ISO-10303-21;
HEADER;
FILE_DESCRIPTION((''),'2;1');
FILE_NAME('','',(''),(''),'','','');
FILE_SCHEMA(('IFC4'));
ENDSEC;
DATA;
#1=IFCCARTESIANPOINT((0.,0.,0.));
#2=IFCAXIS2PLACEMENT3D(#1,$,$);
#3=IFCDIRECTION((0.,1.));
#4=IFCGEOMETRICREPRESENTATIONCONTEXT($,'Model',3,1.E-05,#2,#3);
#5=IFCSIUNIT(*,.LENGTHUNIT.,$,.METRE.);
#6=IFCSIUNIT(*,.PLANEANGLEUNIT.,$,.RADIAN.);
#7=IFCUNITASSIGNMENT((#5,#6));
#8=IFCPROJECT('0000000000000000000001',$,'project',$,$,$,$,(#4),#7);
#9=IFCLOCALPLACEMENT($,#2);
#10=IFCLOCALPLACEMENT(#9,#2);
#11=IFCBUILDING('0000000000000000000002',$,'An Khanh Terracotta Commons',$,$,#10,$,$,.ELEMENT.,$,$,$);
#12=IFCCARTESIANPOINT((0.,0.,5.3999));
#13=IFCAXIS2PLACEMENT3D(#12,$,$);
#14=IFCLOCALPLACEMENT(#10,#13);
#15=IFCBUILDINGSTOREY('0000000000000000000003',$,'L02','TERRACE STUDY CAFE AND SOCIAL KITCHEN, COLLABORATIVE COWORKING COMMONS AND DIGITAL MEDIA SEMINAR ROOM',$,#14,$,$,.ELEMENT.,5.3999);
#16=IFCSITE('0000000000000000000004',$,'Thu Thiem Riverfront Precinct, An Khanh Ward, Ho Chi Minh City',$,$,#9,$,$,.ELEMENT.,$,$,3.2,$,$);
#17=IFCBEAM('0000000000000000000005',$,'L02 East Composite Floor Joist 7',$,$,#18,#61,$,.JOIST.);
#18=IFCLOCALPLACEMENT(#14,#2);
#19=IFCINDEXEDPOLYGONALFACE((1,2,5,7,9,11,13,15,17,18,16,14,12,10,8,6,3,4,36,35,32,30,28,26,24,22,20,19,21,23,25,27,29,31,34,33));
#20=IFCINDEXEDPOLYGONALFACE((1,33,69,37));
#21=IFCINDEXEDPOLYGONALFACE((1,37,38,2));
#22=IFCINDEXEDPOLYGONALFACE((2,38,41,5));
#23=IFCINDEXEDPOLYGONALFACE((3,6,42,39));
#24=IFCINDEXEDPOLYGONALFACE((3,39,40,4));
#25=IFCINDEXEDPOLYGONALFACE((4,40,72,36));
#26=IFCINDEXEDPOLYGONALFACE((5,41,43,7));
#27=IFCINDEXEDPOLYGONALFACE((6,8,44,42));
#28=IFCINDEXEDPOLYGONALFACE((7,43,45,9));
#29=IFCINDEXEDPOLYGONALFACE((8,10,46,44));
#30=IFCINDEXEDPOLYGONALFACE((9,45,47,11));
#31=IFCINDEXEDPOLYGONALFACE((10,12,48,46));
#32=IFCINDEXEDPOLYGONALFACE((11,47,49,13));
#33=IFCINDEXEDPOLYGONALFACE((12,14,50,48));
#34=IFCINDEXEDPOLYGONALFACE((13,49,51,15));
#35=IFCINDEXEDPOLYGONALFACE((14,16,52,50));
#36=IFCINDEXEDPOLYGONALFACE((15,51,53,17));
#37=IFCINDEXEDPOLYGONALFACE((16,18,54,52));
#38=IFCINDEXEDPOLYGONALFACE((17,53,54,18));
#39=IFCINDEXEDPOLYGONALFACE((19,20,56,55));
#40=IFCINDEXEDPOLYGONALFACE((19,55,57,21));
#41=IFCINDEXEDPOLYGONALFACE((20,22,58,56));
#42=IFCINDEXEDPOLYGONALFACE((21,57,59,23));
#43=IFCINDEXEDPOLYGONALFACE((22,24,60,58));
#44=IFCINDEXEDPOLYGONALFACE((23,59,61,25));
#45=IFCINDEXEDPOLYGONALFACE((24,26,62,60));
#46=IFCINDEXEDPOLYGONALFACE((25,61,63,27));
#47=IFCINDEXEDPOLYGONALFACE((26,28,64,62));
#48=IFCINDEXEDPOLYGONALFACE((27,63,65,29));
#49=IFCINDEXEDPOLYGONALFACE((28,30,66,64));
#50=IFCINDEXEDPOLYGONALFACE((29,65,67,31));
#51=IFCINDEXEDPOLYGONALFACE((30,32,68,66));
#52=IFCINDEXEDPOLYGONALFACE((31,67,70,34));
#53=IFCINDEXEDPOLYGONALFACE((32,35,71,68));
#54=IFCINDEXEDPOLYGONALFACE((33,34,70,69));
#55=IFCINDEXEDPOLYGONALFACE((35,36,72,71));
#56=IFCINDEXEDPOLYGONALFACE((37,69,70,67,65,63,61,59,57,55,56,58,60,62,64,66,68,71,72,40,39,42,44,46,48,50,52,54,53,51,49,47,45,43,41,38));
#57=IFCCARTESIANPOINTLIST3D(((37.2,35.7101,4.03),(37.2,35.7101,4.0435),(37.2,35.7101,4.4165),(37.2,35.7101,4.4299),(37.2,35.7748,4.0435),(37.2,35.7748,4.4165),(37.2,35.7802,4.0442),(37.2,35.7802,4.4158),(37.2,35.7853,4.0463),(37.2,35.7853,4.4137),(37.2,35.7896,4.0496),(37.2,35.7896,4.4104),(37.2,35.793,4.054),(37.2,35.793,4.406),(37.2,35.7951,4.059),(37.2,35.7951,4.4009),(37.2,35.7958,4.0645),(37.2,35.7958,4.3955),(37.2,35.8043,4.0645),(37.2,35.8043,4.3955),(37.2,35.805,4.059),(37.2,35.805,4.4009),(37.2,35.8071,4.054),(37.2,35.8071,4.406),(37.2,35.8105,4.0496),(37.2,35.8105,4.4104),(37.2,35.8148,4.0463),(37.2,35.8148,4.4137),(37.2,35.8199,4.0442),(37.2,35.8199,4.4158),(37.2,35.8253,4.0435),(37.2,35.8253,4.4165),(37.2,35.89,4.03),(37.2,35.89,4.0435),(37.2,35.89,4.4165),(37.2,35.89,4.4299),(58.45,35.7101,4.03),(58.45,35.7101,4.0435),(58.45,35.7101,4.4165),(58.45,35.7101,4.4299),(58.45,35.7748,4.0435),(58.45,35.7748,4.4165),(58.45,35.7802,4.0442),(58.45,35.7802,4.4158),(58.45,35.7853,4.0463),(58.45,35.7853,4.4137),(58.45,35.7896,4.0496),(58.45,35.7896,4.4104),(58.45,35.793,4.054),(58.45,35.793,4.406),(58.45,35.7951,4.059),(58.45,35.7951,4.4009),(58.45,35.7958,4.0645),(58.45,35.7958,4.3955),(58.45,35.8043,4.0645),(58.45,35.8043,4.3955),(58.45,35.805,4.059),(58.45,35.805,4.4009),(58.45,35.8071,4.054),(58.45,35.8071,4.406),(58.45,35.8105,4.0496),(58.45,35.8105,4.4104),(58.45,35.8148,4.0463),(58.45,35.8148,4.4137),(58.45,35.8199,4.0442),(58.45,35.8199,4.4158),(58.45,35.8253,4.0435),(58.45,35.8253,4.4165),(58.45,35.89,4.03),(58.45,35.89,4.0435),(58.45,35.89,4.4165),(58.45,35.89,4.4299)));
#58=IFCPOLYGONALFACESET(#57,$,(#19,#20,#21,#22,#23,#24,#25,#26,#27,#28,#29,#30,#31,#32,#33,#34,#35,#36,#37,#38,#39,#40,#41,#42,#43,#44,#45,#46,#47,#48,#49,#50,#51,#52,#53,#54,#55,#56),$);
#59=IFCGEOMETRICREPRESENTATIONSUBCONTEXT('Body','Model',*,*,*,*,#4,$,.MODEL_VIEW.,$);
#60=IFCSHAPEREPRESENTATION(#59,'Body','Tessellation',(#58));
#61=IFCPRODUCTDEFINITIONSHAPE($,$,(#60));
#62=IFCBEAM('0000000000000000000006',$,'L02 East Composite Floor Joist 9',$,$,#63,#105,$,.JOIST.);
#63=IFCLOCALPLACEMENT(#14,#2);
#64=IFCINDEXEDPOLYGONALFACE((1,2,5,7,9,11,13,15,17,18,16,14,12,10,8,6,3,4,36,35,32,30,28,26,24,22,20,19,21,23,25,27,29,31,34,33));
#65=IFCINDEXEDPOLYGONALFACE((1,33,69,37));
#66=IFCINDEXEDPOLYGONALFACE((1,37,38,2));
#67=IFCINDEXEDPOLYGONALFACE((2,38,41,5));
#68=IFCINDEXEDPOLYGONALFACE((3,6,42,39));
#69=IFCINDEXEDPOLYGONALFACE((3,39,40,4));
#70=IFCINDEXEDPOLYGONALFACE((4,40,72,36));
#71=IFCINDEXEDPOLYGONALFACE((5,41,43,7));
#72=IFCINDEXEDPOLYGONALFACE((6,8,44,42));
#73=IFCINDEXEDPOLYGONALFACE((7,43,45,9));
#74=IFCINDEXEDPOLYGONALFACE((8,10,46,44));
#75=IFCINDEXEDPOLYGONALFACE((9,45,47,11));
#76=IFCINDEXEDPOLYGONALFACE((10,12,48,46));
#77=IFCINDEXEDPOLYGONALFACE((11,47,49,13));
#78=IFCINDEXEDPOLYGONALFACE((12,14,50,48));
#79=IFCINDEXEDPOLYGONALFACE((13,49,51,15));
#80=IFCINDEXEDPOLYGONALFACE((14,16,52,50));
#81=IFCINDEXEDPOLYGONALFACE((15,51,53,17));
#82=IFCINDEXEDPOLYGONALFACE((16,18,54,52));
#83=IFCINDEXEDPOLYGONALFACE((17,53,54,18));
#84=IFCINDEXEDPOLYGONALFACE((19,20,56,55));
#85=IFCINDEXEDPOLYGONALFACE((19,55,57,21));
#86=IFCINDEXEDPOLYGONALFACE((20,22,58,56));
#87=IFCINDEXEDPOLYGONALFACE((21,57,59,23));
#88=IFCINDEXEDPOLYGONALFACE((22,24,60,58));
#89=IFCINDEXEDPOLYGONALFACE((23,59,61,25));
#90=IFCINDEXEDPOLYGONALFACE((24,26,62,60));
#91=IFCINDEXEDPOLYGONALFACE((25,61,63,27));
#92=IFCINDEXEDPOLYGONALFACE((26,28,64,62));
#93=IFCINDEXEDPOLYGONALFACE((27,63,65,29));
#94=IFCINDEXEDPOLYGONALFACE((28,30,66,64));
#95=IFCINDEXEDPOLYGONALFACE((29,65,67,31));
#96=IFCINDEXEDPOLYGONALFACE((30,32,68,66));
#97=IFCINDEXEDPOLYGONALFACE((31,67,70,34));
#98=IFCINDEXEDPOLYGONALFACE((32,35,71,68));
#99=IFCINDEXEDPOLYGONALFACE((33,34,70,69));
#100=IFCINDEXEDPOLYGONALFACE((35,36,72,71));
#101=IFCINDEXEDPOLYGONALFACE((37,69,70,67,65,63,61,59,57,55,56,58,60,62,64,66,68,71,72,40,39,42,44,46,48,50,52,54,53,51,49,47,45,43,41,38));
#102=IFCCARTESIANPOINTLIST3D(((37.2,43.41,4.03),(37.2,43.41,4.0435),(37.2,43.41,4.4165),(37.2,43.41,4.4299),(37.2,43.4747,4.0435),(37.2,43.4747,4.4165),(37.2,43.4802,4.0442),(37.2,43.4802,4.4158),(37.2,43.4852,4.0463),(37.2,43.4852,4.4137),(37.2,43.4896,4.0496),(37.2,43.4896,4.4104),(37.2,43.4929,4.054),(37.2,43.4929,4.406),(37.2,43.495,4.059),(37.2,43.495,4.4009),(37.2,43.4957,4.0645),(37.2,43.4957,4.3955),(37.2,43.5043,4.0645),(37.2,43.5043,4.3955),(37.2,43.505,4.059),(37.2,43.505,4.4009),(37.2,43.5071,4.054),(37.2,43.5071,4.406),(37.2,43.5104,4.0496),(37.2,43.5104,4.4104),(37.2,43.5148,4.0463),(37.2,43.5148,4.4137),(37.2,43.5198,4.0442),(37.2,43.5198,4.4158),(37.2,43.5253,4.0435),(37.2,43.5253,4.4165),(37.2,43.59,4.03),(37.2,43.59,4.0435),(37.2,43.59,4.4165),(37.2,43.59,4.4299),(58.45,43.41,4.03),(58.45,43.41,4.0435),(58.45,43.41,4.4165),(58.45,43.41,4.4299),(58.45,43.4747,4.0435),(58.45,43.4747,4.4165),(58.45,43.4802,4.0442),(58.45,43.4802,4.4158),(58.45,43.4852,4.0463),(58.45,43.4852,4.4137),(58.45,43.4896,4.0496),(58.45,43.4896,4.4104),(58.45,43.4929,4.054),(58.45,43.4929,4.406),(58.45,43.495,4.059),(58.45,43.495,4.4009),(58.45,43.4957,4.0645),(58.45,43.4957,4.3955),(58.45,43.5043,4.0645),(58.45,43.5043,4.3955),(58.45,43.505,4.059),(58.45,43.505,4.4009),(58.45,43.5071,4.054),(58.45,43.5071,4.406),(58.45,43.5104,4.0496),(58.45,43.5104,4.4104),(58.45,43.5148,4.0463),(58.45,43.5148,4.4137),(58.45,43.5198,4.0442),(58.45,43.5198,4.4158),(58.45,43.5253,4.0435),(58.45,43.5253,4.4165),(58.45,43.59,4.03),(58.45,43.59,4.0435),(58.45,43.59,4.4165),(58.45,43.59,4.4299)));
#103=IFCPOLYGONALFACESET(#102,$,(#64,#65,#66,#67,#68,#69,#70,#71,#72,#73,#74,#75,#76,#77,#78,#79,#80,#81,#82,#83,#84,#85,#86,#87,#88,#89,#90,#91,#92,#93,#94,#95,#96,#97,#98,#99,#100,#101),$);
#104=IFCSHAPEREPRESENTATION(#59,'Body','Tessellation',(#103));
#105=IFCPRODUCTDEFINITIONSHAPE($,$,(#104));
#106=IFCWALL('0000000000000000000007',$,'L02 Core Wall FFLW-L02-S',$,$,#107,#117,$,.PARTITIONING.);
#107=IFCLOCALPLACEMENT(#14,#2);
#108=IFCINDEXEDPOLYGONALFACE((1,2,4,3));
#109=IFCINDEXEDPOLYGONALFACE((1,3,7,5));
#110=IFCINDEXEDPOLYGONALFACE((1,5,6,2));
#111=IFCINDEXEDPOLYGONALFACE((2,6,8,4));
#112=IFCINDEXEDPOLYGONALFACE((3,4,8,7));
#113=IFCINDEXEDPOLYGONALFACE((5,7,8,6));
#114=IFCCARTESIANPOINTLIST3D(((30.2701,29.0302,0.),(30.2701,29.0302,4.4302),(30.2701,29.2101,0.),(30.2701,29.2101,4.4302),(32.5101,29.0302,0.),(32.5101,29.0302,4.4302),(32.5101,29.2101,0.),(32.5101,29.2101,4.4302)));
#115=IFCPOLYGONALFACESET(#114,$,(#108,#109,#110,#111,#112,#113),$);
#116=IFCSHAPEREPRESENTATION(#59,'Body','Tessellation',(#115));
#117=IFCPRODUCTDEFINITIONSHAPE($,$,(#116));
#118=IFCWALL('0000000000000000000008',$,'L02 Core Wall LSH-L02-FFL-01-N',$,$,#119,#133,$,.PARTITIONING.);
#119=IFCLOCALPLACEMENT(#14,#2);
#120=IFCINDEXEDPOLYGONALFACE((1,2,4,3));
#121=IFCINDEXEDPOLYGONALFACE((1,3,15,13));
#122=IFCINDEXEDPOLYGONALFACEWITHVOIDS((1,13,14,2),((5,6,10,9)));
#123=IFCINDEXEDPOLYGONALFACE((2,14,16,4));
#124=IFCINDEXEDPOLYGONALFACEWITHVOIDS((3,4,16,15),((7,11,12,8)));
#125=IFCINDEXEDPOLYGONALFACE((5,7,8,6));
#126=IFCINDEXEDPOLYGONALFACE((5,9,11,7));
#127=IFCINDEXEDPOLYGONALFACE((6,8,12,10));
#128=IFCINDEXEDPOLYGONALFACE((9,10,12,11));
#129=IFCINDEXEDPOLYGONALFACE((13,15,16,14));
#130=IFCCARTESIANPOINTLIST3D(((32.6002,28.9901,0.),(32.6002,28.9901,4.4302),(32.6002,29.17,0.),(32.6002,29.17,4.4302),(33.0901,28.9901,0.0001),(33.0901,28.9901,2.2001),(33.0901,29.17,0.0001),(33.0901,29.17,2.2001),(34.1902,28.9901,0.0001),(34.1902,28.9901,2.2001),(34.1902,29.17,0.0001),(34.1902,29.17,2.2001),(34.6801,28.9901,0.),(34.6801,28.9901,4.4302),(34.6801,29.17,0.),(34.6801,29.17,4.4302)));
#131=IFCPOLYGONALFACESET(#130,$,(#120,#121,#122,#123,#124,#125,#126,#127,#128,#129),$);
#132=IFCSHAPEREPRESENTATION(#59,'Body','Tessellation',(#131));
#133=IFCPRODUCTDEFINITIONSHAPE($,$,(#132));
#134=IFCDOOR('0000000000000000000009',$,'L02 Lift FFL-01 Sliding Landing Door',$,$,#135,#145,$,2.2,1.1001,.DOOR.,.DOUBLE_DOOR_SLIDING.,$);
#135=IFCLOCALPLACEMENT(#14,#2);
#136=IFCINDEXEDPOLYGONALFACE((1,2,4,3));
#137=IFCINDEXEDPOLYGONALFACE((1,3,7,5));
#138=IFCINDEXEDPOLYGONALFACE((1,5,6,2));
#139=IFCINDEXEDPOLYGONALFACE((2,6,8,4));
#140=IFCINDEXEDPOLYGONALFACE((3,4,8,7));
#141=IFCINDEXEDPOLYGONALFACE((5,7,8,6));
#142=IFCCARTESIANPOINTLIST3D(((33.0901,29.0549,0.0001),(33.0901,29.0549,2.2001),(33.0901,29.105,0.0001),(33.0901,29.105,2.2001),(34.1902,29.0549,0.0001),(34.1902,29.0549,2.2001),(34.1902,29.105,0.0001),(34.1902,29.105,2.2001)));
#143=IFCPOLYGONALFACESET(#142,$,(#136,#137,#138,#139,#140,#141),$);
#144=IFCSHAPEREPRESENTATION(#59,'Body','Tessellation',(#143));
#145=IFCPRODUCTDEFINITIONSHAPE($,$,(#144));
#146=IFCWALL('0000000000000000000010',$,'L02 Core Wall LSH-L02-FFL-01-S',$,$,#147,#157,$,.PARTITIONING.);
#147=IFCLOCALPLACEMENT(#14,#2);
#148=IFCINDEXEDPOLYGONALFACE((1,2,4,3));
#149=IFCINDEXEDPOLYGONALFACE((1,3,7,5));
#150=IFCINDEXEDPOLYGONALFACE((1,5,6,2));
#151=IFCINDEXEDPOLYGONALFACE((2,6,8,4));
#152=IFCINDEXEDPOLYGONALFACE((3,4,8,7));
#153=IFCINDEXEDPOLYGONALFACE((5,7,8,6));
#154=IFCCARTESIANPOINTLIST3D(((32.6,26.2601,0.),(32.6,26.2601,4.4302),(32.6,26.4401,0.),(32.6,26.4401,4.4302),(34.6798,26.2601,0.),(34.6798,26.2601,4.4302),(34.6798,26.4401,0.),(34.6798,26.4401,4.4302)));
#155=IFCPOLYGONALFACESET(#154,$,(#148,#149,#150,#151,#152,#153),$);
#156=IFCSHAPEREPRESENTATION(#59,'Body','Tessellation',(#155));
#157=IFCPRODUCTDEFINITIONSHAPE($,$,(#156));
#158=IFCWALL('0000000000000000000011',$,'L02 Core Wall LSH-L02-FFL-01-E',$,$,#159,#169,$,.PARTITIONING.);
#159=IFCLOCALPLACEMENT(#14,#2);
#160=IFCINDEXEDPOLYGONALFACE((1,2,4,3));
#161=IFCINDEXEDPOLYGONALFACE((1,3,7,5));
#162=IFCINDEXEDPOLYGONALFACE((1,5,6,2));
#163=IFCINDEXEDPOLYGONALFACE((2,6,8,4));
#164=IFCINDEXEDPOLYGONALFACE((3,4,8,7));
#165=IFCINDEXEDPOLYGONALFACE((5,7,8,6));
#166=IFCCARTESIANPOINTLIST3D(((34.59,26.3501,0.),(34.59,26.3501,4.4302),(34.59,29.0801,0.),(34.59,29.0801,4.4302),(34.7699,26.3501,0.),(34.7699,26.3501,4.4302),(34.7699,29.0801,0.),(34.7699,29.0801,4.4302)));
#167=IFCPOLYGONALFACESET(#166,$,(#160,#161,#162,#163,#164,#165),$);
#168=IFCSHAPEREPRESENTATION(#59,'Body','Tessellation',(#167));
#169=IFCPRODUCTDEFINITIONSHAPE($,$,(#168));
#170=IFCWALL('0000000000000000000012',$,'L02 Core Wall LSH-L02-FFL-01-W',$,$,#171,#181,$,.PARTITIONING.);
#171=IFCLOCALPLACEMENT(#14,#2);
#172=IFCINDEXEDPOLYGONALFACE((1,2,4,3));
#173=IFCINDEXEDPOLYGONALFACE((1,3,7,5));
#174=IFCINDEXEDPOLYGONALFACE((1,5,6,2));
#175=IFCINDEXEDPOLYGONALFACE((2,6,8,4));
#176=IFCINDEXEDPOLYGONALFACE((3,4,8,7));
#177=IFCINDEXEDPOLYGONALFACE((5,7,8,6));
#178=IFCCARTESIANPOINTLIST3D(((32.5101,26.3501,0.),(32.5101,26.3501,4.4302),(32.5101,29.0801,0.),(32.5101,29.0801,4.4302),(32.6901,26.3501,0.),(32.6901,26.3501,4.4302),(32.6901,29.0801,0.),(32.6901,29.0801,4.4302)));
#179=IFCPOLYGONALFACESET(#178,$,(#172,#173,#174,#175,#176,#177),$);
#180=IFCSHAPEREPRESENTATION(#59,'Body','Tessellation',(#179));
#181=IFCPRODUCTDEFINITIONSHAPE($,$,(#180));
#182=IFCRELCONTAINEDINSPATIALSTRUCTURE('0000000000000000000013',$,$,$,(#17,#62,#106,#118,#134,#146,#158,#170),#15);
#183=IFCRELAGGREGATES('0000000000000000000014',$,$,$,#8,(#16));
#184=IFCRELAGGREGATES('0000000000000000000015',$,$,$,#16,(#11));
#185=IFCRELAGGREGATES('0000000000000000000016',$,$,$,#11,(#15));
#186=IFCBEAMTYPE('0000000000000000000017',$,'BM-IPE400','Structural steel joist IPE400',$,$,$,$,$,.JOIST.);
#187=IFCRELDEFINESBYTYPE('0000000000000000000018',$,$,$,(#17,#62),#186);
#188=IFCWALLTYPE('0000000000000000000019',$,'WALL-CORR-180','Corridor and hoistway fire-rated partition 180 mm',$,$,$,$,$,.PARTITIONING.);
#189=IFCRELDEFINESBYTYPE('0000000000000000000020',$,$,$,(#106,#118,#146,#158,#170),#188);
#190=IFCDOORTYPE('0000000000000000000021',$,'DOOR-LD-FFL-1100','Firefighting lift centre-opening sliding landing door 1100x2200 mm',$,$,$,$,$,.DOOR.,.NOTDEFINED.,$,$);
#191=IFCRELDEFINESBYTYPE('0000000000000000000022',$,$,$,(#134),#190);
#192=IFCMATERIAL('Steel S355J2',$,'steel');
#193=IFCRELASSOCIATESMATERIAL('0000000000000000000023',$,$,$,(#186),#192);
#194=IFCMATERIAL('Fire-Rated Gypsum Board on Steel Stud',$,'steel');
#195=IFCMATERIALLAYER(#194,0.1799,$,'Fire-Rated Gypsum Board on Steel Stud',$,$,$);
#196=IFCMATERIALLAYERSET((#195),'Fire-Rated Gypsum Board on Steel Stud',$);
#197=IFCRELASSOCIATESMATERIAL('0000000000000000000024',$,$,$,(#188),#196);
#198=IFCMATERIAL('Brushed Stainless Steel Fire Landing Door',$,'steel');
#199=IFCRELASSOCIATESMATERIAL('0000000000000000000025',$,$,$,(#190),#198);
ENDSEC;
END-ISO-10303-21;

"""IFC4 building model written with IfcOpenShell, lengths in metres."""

from ifc_helpers import new_model, si_unit, direction, frame, frame_2d, origin, origin_2d, place, context, subcontext, project, spatial, rectangle, i_section, extrude, material, layer, layer_set, material_profile, profile_set, type_object, element, fill, save


model = new_model("IFC4")

# Units and contexts
model_context = context("Model", 3, precision=1e-05, world=origin(), true_north=direction((0.0, 1.0)))
body_context = subcontext(model_context, "Body", "Model", "MODEL_VIEW")
ifc_project = project(units=[si_unit("LENGTHUNIT", "METRE"), si_unit("PLANEANGLEUNIT", "RADIAN")], contexts=[model_context])

# Site, building, storey
site_placement = place(None, origin())
site = spatial("IfcSite", under=ifc_project, at=site_placement, Name="Thu Thiem Riverfront Precinct, An Khanh Ward, Ho Chi Minh City", CompositionType="ELEMENT", RefElevation=3.2)
building_placement = place(site_placement, origin())
building = spatial("IfcBuilding", under=site, at=building_placement, Name="An Khanh Terracotta Commons", CompositionType="ELEMENT")
storey_placement = place(building_placement, frame((0.0, 0.0, 5.3999)))
storey = spatial("IfcBuildingStorey", under=building, at=storey_placement, Name="L02", Description="TERRACE STUDY CAFE AND SOCIAL KITCHEN, COLLABORATIVE COWORKING COMMONS AND DIGITAL MEDIA SEMINAR ROOM", CompositionType="ELEMENT", Elevation=5.3999)

# Beams
ifc_material_1 = material(Name="Steel S355J2", Category="steel")
ifc_material_profile_1 = material_profile(ifc_material_1, i_section(OverallWidth=0.1799, OverallDepth=0.3999, WebThickness=0.0085, FlangeThickness=0.0134, FilletRadius=0.021, at=origin_2d()), Name="IPE400")
ifc_profile_set_1 = profile_set([ifc_material_profile_1], Name="Steel S355J2")
beam_type_1 = type_object("IfcBeamType", Name="BM-IPE400", Description="Structural steel joist IPE400", PredefinedType="JOIST", material=ifc_profile_set_1)
for number, where, z_axis, x_axis, name in (
    (1, (37.2, 35.8, 4.23), (1.0, 0.0, 0.0), (0.0, 1.0, 0.0), "L02 East Composite Floor Joist 7"),
    (2, (37.2, 43.5, 4.23), (1.0, 0.0, 0.0), (0.0, 1.0, 0.0), "L02 East Composite Floor Joist 9"),
):
    element("IfcBeam", number, at=place(storey_placement, frame(where, z_axis=z_axis, x_axis=x_axis)), inside=storey, type_object=beam_type_1, Name=name, PredefinedType="JOIST", context=body_context, shape_type="SweptSolid", body=[
        extrude(i_section(OverallWidth=0.1799, OverallDepth=0.3999, WebThickness=0.0085, FlangeThickness=0.0134, FilletRadius=0.021, at=origin_2d()), origin(), (0.0, 0.0, 1.0), 21.25),
    ])

# Wall
ifc_material_2 = material(Name="Fire-Rated Gypsum Board on Steel Stud", Category="steel")
ifc_layer_1 = layer(ifc_material_2, 0.1799, Name="Fire-Rated Gypsum Board on Steel Stud")
ifc_layer_set_1 = layer_set([ifc_layer_1], Name="Fire-Rated Gypsum Board on Steel Stud")
wall_type_1 = type_object("IfcWallType", Name="WALL-CORR-180", Description="Corridor and hoistway fire-rated partition 180 mm", PredefinedType="PARTITIONING", material=ifc_layer_set_1)
wall_1_placement = place(storey_placement, frame((30.27, 29.1201, 0.0), z_axis=(0.0, 0.0, 1.0), x_axis=(1.0, 0.0, 0.0)))
element("IfcWall", 3, at=wall_1_placement, inside=storey, type_object=wall_type_1, Name="L02 Core Wall FFLW-L02-S", PredefinedType="PARTITIONING", context=body_context, shape_type="SweptSolid", body=[
    extrude(rectangle(XDim=2.24, YDim=0.1799, at=frame_2d((1.1201, 0.0))), origin(), (0.0, 0.0, 1.0), 4.4302),
])

# Wall, opening, door
wall_2_placement = place(storey_placement, frame((32.6001, 29.0801, 0.0), z_axis=(0.0, 0.0, 1.0), x_axis=(1.0, 0.0, 0.0)))
wall_2 = element("IfcWall", 4, at=wall_2_placement, inside=storey, type_object=wall_type_1, Name="L02 Core Wall LSH-L02-FFL-01-N", PredefinedType="PARTITIONING", context=body_context, shape_type="SweptSolid", body=[
    extrude(rectangle(XDim=2.0798, YDim=0.1799, at=frame_2d((1.04, 0.0))), origin(), (0.0, 0.0, 1.0), 4.4302),
])
opening_1_placement = place(wall_2_placement, frame((0.49, 0.0, 0.0)))
opening_1 = element("IfcOpeningElement", 5, at=opening_1_placement, cuts=wall_2, PredefinedType="OPENING", context=body_context, shape_type="SweptSolid", body=[
    extrude(rectangle(XDim=1.1001, YDim=2.2, at=frame_2d((0.55, 1.1001))), frame((0.0, 0.0999, 0.0), z_axis=(0.0, -1.0, 0.0), x_axis=(1.0, 0.0, 0.0)), (0.0, 0.0, 1.0), 0.2),
])
ifc_material_3 = material(Name="Brushed Stainless Steel Fire Landing Door", Category="steel")
door_type_1 = type_object("IfcDoorType", Name="DOOR-LD-FFL-1100", Description="Firefighting lift centre-opening sliding landing door 1100x2200 mm", OperationType="NOTDEFINED", PredefinedType="DOOR", material=ifc_material_3)
door_1_placement = place(opening_1_placement, origin())
door_1 = element("IfcDoor", 6, at=door_1_placement, inside=storey, type_object=door_type_1, Name="L02 Lift FFL-01 Sliding Landing Door", OperationType="DOUBLE_DOOR_SLIDING", OverallHeight=2.2, OverallWidth=1.1001, PredefinedType="DOOR", context=body_context, shape_type="SweptSolid", body=[
    extrude(rectangle(XDim=1.1001, YDim=2.2, at=frame_2d((0.55, 1.1001))), frame((0.0, 0.0249, 0.0), z_axis=(0.0, -1.0, 0.0), x_axis=(1.0, 0.0, 0.0)), (0.0, 0.0, 1.0), 0.05),
])
fill(opening_1, door_1)

# Walls
wall_3_placement = place(storey_placement, frame((34.6799, 26.3501, 0.0), z_axis=(0.0, 0.0, 1.0), x_axis=(-1.0, 0.0, 0.0)))
element("IfcWall", 7, at=wall_3_placement, inside=storey, type_object=wall_type_1, Name="L02 Core Wall LSH-L02-FFL-01-S", PredefinedType="PARTITIONING", context=body_context, shape_type="SweptSolid", body=[
    extrude(rectangle(XDim=2.0798, YDim=0.1799, at=frame_2d((1.04, 0.0))), origin(), (0.0, 0.0, 1.0), 4.4302),
])
for number, where, z_axis, x_axis, name in (
    (8, (34.6799, 26.3501, 0.0), (0.0, 0.0, 1.0), (0.0, 1.0, 0.0), "L02 Core Wall LSH-L02-FFL-01-E"),
    (9, (32.6001, 29.0801, 0.0), (0.0, 0.0, 1.0), (0.0, -1.0, 0.0), "L02 Core Wall LSH-L02-FFL-01-W"),
):
    element("IfcWall", number, at=place(storey_placement, frame(where, z_axis=z_axis, x_axis=x_axis)), inside=storey, type_object=wall_type_1, Name=name, PredefinedType="PARTITIONING", context=body_context, shape_type="SweptSolid", body=[
        extrude(rectangle(XDim=2.73, YDim=0.1799, at=frame_2d((1.365, 0.0))), origin(), (0.0, 0.0, 1.0), 4.4302),
    ])

save(model, "model.ifc")
